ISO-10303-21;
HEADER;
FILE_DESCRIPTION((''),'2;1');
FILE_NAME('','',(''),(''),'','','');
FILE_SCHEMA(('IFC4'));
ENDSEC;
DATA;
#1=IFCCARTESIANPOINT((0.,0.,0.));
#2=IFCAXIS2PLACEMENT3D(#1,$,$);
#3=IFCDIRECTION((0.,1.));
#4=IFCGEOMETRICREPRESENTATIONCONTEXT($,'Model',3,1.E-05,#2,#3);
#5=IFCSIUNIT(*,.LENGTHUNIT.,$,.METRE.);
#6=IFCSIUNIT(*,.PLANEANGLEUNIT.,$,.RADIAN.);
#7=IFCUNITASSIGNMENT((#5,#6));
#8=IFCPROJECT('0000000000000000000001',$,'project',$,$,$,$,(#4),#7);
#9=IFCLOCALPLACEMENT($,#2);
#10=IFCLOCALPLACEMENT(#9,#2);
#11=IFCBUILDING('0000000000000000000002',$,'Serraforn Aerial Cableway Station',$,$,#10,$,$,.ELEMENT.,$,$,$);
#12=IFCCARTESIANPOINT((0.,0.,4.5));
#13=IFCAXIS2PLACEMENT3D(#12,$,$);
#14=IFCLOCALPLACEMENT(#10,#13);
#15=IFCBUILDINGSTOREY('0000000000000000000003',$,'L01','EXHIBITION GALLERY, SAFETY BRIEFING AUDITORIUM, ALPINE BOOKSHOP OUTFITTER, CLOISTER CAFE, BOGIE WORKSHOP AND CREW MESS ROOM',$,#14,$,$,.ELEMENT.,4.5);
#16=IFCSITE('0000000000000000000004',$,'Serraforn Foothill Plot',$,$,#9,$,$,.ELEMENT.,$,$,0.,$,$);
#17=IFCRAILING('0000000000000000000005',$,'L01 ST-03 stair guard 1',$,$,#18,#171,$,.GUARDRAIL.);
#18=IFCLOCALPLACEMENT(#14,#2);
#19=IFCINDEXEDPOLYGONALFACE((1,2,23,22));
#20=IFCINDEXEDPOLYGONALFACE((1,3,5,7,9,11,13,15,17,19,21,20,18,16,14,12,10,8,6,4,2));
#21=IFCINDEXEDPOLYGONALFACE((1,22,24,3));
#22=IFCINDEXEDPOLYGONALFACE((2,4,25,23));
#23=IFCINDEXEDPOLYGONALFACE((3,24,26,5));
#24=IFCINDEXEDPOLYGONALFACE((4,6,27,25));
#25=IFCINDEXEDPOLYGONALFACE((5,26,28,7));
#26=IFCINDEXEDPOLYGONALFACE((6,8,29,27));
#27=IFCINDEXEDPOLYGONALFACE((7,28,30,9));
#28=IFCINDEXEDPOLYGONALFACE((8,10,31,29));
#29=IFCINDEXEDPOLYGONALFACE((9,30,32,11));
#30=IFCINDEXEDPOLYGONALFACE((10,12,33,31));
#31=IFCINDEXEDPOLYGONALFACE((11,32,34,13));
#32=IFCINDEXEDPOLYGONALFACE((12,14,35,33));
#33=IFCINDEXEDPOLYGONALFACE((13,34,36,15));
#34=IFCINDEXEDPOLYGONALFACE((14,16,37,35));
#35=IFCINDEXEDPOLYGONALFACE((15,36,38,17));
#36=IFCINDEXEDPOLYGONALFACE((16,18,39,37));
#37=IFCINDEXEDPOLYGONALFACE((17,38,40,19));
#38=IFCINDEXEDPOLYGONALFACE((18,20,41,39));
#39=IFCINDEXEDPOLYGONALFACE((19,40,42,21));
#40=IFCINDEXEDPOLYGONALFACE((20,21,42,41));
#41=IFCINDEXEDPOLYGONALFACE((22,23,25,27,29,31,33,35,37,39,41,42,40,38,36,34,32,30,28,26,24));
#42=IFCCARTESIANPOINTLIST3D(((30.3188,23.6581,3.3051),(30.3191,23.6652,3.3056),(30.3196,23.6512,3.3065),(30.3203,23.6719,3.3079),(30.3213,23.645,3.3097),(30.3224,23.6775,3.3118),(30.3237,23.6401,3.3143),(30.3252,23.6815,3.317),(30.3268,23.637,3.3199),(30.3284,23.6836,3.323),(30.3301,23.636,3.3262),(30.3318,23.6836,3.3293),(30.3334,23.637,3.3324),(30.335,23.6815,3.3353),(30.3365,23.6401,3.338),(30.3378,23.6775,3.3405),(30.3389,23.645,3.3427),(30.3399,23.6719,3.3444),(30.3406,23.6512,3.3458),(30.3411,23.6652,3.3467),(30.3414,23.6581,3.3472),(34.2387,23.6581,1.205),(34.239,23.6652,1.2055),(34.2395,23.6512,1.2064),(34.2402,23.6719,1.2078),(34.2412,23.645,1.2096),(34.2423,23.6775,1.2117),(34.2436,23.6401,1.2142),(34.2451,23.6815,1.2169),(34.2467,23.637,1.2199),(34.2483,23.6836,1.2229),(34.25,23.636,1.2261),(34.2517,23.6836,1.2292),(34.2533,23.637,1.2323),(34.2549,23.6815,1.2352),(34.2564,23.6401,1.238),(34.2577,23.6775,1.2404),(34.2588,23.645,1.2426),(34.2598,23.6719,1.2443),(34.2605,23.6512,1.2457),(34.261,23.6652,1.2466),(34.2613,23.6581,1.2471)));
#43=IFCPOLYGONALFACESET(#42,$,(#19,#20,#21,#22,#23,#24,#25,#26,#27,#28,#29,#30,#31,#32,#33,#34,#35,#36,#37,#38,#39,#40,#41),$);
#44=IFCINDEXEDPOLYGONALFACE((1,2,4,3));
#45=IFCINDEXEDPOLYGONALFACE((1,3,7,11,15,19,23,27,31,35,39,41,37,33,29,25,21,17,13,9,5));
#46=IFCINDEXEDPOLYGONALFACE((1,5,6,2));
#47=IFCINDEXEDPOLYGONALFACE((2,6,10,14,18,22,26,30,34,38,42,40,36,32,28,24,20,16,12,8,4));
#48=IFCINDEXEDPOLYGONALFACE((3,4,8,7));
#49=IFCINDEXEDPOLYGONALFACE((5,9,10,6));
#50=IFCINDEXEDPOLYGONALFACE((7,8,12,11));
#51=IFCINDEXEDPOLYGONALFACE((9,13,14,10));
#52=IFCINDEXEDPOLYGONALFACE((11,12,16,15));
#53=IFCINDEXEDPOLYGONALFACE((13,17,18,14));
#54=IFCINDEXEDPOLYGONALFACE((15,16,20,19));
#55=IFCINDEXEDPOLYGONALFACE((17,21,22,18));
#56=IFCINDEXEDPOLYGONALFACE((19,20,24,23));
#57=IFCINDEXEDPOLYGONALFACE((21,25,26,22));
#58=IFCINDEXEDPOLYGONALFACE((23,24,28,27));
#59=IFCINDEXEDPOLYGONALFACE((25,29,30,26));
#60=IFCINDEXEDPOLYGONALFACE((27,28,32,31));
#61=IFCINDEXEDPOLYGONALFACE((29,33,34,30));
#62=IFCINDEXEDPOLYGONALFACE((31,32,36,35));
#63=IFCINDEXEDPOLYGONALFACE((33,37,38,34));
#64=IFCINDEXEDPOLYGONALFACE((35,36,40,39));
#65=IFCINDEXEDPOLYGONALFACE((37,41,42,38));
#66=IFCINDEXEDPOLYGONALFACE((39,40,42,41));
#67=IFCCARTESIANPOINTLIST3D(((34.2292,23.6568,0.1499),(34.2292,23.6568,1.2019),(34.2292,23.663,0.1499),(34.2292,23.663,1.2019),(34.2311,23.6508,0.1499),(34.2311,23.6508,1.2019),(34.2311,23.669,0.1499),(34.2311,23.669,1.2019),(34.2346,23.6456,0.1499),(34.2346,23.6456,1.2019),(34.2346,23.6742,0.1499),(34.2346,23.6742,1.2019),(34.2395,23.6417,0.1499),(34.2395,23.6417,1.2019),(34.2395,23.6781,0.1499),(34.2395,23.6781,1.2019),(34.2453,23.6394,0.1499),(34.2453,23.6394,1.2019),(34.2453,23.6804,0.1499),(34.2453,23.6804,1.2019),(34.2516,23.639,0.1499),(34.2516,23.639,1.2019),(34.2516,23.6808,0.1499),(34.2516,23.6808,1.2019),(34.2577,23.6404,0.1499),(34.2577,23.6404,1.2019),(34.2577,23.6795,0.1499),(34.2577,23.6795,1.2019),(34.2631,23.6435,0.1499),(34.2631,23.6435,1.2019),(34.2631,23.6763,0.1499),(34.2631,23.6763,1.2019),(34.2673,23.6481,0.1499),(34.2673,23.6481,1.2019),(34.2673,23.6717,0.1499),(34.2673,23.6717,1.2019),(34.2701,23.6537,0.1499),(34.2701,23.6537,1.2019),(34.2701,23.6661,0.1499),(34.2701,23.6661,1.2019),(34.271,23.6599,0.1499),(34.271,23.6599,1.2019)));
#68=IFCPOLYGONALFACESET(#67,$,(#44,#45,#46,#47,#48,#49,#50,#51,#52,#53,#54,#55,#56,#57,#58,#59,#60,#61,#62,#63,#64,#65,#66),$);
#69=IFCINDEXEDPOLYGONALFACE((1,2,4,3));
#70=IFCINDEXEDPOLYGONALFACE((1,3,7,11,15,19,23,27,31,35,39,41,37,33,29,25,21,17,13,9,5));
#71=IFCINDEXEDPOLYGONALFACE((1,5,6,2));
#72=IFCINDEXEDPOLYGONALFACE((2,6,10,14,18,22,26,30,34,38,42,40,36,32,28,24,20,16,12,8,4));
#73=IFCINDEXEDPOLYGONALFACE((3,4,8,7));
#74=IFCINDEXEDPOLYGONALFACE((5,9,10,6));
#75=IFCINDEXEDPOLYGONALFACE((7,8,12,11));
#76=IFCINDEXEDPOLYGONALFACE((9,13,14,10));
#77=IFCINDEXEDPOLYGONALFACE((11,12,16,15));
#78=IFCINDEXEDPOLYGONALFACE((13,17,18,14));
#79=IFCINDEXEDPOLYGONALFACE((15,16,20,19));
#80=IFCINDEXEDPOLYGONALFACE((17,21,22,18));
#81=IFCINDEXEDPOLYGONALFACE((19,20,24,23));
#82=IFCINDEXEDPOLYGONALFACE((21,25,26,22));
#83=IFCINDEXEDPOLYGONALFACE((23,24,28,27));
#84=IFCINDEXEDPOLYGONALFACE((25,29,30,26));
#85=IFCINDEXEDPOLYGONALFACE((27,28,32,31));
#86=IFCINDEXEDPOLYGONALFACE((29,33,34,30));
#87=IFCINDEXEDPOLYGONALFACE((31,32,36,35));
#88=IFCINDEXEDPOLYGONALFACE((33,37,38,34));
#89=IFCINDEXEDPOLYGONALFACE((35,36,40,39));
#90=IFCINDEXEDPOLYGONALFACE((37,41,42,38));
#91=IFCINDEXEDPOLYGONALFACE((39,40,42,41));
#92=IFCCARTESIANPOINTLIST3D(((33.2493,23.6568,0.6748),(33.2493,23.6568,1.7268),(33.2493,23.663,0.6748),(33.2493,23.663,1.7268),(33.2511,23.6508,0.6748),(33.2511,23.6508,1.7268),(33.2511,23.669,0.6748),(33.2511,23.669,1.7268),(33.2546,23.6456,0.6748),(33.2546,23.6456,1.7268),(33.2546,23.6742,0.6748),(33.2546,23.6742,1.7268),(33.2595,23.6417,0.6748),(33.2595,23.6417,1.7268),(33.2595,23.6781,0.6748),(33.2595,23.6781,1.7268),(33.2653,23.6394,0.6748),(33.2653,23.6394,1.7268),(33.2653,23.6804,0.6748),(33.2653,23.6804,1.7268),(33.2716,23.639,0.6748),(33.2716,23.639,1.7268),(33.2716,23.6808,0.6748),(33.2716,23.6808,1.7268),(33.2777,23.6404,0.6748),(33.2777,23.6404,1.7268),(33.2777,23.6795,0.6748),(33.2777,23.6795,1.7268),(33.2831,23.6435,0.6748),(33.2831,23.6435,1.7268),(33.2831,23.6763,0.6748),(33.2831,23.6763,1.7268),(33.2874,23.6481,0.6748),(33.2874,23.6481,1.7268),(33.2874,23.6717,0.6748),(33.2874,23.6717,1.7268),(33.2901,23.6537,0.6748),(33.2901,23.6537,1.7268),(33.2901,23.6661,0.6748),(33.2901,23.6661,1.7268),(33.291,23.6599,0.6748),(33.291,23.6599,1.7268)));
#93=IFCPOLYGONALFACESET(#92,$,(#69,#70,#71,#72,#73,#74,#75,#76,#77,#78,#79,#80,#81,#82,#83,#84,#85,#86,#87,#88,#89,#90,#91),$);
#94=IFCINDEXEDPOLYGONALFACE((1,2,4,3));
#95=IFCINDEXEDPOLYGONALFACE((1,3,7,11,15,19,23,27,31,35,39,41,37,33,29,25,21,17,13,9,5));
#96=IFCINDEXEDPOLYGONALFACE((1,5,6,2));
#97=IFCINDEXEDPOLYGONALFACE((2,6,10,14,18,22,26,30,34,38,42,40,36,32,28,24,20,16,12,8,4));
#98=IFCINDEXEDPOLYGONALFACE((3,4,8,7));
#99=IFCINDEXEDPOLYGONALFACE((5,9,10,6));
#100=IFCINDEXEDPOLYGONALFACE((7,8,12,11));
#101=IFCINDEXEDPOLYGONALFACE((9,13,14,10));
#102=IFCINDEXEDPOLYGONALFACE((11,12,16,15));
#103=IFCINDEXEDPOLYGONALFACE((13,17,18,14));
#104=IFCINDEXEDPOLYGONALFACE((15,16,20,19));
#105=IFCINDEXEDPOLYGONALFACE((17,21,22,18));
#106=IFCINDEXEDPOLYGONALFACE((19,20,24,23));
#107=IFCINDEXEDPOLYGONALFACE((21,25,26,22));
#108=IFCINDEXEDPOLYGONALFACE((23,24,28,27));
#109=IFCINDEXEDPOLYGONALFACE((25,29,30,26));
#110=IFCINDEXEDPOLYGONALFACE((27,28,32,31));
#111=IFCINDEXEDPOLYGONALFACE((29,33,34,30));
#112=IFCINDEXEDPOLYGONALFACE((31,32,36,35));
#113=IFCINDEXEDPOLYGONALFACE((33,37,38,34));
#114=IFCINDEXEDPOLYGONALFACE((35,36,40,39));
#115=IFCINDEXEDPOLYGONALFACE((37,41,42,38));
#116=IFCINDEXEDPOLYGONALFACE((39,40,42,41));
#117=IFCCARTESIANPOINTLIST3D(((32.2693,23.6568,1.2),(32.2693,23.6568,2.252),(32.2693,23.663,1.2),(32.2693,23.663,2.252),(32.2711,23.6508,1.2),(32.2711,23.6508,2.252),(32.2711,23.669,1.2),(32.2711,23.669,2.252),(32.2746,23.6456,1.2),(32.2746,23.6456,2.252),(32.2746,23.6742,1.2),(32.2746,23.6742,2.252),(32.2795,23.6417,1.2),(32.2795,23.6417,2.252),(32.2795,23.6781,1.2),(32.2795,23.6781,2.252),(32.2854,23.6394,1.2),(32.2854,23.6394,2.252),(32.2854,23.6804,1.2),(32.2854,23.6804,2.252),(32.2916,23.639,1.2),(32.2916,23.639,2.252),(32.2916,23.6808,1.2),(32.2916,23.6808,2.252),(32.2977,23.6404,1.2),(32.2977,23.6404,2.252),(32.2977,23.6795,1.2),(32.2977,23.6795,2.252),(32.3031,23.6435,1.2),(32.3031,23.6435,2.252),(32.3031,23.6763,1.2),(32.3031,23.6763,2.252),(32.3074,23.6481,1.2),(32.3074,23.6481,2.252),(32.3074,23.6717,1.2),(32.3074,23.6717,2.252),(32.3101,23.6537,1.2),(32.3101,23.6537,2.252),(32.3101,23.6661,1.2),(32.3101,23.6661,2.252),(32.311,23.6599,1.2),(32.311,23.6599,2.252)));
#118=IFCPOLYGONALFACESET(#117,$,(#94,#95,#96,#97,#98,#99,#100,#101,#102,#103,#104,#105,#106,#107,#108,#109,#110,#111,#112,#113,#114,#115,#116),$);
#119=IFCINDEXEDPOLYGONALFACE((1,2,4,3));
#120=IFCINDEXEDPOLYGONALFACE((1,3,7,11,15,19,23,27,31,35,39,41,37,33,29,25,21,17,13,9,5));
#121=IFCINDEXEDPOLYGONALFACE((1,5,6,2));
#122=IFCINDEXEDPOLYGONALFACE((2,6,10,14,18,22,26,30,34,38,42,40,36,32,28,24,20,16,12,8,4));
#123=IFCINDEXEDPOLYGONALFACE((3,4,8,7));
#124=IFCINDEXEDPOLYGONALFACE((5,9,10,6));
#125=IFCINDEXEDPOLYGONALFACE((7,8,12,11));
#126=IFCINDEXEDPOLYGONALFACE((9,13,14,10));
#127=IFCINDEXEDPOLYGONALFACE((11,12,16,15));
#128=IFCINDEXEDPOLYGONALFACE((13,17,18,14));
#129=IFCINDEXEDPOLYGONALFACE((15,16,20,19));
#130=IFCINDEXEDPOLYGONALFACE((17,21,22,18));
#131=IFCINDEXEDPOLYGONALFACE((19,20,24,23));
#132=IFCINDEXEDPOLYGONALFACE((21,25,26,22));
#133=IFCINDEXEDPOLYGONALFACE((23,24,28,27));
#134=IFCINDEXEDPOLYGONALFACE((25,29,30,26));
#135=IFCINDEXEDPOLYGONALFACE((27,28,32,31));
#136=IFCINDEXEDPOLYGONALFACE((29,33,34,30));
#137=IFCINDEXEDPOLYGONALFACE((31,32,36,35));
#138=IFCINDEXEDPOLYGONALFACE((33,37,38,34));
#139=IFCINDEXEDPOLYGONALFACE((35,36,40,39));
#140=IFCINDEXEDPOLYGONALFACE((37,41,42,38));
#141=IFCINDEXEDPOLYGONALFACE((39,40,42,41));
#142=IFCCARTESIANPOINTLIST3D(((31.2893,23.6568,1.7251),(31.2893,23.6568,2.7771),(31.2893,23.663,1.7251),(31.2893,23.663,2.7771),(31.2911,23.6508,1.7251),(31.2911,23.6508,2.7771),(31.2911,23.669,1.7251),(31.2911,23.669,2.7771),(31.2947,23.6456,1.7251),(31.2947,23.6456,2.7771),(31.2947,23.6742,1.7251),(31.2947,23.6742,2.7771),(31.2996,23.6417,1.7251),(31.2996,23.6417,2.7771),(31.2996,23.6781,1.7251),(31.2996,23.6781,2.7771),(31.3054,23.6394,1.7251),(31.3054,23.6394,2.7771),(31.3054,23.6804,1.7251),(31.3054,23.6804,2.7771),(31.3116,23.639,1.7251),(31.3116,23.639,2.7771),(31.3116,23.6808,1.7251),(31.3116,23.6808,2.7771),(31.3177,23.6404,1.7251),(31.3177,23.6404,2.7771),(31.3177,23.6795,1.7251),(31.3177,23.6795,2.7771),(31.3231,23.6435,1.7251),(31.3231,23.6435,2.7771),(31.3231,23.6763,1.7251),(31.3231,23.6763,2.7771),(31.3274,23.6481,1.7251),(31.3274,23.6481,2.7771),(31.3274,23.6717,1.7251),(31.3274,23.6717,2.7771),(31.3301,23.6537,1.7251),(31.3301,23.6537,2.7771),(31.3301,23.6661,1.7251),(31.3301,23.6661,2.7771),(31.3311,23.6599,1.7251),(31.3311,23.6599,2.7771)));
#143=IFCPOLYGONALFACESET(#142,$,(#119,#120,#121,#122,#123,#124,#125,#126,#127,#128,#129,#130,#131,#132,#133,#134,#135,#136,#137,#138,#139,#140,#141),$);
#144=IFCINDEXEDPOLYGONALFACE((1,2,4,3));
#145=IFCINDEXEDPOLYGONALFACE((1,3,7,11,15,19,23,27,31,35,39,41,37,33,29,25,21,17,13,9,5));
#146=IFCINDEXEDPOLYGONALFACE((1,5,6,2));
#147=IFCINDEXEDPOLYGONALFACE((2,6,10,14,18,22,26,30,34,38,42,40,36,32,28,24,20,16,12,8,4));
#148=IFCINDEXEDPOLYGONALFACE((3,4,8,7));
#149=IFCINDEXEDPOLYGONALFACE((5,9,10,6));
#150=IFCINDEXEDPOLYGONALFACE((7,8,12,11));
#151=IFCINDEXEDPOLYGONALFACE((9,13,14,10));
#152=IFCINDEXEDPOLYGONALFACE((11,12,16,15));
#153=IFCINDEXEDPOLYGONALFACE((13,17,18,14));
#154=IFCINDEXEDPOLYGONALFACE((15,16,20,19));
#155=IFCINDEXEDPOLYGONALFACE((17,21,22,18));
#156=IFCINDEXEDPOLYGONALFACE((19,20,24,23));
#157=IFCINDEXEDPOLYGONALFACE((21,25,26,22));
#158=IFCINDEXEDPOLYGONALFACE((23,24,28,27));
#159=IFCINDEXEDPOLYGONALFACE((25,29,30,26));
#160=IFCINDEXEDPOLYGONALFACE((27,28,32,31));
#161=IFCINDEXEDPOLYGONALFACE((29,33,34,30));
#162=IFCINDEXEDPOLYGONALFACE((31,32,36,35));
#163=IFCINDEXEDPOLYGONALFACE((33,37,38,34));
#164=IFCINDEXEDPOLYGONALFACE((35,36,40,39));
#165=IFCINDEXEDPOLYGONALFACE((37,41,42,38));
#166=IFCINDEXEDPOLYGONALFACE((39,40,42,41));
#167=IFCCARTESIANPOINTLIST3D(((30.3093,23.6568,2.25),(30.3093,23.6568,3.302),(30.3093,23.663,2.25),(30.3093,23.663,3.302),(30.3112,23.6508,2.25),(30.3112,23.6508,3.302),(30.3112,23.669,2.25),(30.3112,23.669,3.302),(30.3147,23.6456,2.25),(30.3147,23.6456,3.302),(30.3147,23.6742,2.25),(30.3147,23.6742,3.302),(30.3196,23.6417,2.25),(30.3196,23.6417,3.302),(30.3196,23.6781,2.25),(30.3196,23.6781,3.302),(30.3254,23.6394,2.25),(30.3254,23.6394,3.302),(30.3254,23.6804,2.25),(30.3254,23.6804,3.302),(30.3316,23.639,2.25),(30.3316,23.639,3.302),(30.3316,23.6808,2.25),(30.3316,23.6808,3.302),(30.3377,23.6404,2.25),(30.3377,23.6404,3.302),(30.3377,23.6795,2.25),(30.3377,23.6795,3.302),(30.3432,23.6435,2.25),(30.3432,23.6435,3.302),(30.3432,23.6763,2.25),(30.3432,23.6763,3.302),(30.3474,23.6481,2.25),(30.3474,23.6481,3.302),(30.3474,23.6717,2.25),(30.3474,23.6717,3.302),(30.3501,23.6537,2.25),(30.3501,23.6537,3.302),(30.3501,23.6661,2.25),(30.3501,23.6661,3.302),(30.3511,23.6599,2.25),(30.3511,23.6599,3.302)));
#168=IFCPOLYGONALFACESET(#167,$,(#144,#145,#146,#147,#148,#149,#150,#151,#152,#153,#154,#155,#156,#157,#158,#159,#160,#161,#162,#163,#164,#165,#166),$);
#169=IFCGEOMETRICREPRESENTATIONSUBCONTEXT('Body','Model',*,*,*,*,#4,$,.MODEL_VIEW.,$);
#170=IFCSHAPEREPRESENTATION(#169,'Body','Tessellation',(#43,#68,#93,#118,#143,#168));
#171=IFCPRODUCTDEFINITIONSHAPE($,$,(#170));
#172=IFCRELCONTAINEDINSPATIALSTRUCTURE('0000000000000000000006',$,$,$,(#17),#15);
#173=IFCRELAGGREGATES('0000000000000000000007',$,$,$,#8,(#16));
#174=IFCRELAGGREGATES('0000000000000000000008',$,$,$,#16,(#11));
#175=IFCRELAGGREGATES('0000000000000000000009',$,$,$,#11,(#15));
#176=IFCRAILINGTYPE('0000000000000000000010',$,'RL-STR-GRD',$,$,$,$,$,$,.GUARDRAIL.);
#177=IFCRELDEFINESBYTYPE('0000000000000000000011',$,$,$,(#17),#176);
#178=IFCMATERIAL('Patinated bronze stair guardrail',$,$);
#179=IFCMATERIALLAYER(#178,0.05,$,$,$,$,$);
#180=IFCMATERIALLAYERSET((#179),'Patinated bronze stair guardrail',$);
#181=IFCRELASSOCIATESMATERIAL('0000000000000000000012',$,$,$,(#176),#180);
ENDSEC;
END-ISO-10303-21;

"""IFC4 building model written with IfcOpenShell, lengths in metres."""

from ifc_helpers import new_model, si_unit, direction, frame, origin, origin_2d, place, context, subcontext, project, spatial, circle, extrude, material, layer, layer_set, type_object, element, save


model = new_model("IFC4")

# Units and contexts
model_context = context("Model", 3, precision=1e-05, world=origin(), true_north=direction((0.0, 1.0)))
body_context = subcontext(model_context, "Body", "Model", "MODEL_VIEW")
ifc_project = project(units=[si_unit("LENGTHUNIT", "METRE"), si_unit("PLANEANGLEUNIT", "RADIAN")], contexts=[model_context])

# Site, building, storey
site_placement = place(None, origin())
site = spatial("IfcSite", under=ifc_project, at=site_placement, Name="Serraforn Foothill Plot", CompositionType="ELEMENT", RefElevation=0.0)
building_placement = place(site_placement, origin())
building = spatial("IfcBuilding", under=site, at=building_placement, Name="Serraforn Aerial Cableway Station", CompositionType="ELEMENT")
storey_placement = place(building_placement, frame((0.0, 0.0, 4.5)))
storey = spatial("IfcBuildingStorey", under=building, at=storey_placement, Name="L01", Description="EXHIBITION GALLERY, SAFETY BRIEFING AUDITORIUM, ALPINE BOOKSHOP OUTFITTER, CLOISTER CAFE, BOGIE WORKSHOP AND CREW MESS ROOM", CompositionType="ELEMENT", Elevation=4.5)

# Railing
ifc_material_1 = material(Name="Patinated bronze stair guardrail")
ifc_layer_1 = layer(ifc_material_1, 0.05)
ifc_layer_set_1 = layer_set([ifc_layer_1], Name="Patinated bronze stair guardrail")
railing_type_1 = type_object("IfcRailingType", Name="RL-STR-GRD", PredefinedType="GUARDRAIL", material=ifc_layer_set_1)
railing_1_placement = place(storey_placement, frame((34.25, 23.6599, 0.1499)))
element("IfcRailing", 1, at=railing_1_placement, inside=storey, type_object=railing_type_1, Name="L01 ST-03 stair guard 1", PredefinedType="GUARDRAIL", context=body_context, shape_type="SweptSolid", body=[
    extrude(circle(Radius=0.0239, at=origin_2d()), frame((0.0, 0.0, 1.0762), z_axis=(-0.881467, 0.0, 0.472246), x_axis=(0.0, -1.0, 0.0)), (0.0, 0.0, 1.0), 4.447),
    extrude(circle(Radius=0.021, at=origin_2d()), origin(), (0.0, 0.0, 1.0), 1.052),
    extrude(circle(Radius=0.021, at=origin_2d()), frame((-0.98, 0.0, 0.5249)), (0.0, 0.0, 1.0), 1.052),
    extrude(circle(Radius=0.021, at=origin_2d()), frame((-1.96, 0.0, 1.05)), (0.0, 0.0, 1.0), 1.052),
    extrude(circle(Radius=0.021, at=origin_2d()), frame((-2.9399, 0.0, 1.5752)), (0.0, 0.0, 1.0), 1.052),
    extrude(circle(Radius=0.021, at=origin_2d()), frame((-3.9199, 0.0, 2.1001)), (0.0, 0.0, 1.0), 1.052),
])

save(model, "model.ifc")
